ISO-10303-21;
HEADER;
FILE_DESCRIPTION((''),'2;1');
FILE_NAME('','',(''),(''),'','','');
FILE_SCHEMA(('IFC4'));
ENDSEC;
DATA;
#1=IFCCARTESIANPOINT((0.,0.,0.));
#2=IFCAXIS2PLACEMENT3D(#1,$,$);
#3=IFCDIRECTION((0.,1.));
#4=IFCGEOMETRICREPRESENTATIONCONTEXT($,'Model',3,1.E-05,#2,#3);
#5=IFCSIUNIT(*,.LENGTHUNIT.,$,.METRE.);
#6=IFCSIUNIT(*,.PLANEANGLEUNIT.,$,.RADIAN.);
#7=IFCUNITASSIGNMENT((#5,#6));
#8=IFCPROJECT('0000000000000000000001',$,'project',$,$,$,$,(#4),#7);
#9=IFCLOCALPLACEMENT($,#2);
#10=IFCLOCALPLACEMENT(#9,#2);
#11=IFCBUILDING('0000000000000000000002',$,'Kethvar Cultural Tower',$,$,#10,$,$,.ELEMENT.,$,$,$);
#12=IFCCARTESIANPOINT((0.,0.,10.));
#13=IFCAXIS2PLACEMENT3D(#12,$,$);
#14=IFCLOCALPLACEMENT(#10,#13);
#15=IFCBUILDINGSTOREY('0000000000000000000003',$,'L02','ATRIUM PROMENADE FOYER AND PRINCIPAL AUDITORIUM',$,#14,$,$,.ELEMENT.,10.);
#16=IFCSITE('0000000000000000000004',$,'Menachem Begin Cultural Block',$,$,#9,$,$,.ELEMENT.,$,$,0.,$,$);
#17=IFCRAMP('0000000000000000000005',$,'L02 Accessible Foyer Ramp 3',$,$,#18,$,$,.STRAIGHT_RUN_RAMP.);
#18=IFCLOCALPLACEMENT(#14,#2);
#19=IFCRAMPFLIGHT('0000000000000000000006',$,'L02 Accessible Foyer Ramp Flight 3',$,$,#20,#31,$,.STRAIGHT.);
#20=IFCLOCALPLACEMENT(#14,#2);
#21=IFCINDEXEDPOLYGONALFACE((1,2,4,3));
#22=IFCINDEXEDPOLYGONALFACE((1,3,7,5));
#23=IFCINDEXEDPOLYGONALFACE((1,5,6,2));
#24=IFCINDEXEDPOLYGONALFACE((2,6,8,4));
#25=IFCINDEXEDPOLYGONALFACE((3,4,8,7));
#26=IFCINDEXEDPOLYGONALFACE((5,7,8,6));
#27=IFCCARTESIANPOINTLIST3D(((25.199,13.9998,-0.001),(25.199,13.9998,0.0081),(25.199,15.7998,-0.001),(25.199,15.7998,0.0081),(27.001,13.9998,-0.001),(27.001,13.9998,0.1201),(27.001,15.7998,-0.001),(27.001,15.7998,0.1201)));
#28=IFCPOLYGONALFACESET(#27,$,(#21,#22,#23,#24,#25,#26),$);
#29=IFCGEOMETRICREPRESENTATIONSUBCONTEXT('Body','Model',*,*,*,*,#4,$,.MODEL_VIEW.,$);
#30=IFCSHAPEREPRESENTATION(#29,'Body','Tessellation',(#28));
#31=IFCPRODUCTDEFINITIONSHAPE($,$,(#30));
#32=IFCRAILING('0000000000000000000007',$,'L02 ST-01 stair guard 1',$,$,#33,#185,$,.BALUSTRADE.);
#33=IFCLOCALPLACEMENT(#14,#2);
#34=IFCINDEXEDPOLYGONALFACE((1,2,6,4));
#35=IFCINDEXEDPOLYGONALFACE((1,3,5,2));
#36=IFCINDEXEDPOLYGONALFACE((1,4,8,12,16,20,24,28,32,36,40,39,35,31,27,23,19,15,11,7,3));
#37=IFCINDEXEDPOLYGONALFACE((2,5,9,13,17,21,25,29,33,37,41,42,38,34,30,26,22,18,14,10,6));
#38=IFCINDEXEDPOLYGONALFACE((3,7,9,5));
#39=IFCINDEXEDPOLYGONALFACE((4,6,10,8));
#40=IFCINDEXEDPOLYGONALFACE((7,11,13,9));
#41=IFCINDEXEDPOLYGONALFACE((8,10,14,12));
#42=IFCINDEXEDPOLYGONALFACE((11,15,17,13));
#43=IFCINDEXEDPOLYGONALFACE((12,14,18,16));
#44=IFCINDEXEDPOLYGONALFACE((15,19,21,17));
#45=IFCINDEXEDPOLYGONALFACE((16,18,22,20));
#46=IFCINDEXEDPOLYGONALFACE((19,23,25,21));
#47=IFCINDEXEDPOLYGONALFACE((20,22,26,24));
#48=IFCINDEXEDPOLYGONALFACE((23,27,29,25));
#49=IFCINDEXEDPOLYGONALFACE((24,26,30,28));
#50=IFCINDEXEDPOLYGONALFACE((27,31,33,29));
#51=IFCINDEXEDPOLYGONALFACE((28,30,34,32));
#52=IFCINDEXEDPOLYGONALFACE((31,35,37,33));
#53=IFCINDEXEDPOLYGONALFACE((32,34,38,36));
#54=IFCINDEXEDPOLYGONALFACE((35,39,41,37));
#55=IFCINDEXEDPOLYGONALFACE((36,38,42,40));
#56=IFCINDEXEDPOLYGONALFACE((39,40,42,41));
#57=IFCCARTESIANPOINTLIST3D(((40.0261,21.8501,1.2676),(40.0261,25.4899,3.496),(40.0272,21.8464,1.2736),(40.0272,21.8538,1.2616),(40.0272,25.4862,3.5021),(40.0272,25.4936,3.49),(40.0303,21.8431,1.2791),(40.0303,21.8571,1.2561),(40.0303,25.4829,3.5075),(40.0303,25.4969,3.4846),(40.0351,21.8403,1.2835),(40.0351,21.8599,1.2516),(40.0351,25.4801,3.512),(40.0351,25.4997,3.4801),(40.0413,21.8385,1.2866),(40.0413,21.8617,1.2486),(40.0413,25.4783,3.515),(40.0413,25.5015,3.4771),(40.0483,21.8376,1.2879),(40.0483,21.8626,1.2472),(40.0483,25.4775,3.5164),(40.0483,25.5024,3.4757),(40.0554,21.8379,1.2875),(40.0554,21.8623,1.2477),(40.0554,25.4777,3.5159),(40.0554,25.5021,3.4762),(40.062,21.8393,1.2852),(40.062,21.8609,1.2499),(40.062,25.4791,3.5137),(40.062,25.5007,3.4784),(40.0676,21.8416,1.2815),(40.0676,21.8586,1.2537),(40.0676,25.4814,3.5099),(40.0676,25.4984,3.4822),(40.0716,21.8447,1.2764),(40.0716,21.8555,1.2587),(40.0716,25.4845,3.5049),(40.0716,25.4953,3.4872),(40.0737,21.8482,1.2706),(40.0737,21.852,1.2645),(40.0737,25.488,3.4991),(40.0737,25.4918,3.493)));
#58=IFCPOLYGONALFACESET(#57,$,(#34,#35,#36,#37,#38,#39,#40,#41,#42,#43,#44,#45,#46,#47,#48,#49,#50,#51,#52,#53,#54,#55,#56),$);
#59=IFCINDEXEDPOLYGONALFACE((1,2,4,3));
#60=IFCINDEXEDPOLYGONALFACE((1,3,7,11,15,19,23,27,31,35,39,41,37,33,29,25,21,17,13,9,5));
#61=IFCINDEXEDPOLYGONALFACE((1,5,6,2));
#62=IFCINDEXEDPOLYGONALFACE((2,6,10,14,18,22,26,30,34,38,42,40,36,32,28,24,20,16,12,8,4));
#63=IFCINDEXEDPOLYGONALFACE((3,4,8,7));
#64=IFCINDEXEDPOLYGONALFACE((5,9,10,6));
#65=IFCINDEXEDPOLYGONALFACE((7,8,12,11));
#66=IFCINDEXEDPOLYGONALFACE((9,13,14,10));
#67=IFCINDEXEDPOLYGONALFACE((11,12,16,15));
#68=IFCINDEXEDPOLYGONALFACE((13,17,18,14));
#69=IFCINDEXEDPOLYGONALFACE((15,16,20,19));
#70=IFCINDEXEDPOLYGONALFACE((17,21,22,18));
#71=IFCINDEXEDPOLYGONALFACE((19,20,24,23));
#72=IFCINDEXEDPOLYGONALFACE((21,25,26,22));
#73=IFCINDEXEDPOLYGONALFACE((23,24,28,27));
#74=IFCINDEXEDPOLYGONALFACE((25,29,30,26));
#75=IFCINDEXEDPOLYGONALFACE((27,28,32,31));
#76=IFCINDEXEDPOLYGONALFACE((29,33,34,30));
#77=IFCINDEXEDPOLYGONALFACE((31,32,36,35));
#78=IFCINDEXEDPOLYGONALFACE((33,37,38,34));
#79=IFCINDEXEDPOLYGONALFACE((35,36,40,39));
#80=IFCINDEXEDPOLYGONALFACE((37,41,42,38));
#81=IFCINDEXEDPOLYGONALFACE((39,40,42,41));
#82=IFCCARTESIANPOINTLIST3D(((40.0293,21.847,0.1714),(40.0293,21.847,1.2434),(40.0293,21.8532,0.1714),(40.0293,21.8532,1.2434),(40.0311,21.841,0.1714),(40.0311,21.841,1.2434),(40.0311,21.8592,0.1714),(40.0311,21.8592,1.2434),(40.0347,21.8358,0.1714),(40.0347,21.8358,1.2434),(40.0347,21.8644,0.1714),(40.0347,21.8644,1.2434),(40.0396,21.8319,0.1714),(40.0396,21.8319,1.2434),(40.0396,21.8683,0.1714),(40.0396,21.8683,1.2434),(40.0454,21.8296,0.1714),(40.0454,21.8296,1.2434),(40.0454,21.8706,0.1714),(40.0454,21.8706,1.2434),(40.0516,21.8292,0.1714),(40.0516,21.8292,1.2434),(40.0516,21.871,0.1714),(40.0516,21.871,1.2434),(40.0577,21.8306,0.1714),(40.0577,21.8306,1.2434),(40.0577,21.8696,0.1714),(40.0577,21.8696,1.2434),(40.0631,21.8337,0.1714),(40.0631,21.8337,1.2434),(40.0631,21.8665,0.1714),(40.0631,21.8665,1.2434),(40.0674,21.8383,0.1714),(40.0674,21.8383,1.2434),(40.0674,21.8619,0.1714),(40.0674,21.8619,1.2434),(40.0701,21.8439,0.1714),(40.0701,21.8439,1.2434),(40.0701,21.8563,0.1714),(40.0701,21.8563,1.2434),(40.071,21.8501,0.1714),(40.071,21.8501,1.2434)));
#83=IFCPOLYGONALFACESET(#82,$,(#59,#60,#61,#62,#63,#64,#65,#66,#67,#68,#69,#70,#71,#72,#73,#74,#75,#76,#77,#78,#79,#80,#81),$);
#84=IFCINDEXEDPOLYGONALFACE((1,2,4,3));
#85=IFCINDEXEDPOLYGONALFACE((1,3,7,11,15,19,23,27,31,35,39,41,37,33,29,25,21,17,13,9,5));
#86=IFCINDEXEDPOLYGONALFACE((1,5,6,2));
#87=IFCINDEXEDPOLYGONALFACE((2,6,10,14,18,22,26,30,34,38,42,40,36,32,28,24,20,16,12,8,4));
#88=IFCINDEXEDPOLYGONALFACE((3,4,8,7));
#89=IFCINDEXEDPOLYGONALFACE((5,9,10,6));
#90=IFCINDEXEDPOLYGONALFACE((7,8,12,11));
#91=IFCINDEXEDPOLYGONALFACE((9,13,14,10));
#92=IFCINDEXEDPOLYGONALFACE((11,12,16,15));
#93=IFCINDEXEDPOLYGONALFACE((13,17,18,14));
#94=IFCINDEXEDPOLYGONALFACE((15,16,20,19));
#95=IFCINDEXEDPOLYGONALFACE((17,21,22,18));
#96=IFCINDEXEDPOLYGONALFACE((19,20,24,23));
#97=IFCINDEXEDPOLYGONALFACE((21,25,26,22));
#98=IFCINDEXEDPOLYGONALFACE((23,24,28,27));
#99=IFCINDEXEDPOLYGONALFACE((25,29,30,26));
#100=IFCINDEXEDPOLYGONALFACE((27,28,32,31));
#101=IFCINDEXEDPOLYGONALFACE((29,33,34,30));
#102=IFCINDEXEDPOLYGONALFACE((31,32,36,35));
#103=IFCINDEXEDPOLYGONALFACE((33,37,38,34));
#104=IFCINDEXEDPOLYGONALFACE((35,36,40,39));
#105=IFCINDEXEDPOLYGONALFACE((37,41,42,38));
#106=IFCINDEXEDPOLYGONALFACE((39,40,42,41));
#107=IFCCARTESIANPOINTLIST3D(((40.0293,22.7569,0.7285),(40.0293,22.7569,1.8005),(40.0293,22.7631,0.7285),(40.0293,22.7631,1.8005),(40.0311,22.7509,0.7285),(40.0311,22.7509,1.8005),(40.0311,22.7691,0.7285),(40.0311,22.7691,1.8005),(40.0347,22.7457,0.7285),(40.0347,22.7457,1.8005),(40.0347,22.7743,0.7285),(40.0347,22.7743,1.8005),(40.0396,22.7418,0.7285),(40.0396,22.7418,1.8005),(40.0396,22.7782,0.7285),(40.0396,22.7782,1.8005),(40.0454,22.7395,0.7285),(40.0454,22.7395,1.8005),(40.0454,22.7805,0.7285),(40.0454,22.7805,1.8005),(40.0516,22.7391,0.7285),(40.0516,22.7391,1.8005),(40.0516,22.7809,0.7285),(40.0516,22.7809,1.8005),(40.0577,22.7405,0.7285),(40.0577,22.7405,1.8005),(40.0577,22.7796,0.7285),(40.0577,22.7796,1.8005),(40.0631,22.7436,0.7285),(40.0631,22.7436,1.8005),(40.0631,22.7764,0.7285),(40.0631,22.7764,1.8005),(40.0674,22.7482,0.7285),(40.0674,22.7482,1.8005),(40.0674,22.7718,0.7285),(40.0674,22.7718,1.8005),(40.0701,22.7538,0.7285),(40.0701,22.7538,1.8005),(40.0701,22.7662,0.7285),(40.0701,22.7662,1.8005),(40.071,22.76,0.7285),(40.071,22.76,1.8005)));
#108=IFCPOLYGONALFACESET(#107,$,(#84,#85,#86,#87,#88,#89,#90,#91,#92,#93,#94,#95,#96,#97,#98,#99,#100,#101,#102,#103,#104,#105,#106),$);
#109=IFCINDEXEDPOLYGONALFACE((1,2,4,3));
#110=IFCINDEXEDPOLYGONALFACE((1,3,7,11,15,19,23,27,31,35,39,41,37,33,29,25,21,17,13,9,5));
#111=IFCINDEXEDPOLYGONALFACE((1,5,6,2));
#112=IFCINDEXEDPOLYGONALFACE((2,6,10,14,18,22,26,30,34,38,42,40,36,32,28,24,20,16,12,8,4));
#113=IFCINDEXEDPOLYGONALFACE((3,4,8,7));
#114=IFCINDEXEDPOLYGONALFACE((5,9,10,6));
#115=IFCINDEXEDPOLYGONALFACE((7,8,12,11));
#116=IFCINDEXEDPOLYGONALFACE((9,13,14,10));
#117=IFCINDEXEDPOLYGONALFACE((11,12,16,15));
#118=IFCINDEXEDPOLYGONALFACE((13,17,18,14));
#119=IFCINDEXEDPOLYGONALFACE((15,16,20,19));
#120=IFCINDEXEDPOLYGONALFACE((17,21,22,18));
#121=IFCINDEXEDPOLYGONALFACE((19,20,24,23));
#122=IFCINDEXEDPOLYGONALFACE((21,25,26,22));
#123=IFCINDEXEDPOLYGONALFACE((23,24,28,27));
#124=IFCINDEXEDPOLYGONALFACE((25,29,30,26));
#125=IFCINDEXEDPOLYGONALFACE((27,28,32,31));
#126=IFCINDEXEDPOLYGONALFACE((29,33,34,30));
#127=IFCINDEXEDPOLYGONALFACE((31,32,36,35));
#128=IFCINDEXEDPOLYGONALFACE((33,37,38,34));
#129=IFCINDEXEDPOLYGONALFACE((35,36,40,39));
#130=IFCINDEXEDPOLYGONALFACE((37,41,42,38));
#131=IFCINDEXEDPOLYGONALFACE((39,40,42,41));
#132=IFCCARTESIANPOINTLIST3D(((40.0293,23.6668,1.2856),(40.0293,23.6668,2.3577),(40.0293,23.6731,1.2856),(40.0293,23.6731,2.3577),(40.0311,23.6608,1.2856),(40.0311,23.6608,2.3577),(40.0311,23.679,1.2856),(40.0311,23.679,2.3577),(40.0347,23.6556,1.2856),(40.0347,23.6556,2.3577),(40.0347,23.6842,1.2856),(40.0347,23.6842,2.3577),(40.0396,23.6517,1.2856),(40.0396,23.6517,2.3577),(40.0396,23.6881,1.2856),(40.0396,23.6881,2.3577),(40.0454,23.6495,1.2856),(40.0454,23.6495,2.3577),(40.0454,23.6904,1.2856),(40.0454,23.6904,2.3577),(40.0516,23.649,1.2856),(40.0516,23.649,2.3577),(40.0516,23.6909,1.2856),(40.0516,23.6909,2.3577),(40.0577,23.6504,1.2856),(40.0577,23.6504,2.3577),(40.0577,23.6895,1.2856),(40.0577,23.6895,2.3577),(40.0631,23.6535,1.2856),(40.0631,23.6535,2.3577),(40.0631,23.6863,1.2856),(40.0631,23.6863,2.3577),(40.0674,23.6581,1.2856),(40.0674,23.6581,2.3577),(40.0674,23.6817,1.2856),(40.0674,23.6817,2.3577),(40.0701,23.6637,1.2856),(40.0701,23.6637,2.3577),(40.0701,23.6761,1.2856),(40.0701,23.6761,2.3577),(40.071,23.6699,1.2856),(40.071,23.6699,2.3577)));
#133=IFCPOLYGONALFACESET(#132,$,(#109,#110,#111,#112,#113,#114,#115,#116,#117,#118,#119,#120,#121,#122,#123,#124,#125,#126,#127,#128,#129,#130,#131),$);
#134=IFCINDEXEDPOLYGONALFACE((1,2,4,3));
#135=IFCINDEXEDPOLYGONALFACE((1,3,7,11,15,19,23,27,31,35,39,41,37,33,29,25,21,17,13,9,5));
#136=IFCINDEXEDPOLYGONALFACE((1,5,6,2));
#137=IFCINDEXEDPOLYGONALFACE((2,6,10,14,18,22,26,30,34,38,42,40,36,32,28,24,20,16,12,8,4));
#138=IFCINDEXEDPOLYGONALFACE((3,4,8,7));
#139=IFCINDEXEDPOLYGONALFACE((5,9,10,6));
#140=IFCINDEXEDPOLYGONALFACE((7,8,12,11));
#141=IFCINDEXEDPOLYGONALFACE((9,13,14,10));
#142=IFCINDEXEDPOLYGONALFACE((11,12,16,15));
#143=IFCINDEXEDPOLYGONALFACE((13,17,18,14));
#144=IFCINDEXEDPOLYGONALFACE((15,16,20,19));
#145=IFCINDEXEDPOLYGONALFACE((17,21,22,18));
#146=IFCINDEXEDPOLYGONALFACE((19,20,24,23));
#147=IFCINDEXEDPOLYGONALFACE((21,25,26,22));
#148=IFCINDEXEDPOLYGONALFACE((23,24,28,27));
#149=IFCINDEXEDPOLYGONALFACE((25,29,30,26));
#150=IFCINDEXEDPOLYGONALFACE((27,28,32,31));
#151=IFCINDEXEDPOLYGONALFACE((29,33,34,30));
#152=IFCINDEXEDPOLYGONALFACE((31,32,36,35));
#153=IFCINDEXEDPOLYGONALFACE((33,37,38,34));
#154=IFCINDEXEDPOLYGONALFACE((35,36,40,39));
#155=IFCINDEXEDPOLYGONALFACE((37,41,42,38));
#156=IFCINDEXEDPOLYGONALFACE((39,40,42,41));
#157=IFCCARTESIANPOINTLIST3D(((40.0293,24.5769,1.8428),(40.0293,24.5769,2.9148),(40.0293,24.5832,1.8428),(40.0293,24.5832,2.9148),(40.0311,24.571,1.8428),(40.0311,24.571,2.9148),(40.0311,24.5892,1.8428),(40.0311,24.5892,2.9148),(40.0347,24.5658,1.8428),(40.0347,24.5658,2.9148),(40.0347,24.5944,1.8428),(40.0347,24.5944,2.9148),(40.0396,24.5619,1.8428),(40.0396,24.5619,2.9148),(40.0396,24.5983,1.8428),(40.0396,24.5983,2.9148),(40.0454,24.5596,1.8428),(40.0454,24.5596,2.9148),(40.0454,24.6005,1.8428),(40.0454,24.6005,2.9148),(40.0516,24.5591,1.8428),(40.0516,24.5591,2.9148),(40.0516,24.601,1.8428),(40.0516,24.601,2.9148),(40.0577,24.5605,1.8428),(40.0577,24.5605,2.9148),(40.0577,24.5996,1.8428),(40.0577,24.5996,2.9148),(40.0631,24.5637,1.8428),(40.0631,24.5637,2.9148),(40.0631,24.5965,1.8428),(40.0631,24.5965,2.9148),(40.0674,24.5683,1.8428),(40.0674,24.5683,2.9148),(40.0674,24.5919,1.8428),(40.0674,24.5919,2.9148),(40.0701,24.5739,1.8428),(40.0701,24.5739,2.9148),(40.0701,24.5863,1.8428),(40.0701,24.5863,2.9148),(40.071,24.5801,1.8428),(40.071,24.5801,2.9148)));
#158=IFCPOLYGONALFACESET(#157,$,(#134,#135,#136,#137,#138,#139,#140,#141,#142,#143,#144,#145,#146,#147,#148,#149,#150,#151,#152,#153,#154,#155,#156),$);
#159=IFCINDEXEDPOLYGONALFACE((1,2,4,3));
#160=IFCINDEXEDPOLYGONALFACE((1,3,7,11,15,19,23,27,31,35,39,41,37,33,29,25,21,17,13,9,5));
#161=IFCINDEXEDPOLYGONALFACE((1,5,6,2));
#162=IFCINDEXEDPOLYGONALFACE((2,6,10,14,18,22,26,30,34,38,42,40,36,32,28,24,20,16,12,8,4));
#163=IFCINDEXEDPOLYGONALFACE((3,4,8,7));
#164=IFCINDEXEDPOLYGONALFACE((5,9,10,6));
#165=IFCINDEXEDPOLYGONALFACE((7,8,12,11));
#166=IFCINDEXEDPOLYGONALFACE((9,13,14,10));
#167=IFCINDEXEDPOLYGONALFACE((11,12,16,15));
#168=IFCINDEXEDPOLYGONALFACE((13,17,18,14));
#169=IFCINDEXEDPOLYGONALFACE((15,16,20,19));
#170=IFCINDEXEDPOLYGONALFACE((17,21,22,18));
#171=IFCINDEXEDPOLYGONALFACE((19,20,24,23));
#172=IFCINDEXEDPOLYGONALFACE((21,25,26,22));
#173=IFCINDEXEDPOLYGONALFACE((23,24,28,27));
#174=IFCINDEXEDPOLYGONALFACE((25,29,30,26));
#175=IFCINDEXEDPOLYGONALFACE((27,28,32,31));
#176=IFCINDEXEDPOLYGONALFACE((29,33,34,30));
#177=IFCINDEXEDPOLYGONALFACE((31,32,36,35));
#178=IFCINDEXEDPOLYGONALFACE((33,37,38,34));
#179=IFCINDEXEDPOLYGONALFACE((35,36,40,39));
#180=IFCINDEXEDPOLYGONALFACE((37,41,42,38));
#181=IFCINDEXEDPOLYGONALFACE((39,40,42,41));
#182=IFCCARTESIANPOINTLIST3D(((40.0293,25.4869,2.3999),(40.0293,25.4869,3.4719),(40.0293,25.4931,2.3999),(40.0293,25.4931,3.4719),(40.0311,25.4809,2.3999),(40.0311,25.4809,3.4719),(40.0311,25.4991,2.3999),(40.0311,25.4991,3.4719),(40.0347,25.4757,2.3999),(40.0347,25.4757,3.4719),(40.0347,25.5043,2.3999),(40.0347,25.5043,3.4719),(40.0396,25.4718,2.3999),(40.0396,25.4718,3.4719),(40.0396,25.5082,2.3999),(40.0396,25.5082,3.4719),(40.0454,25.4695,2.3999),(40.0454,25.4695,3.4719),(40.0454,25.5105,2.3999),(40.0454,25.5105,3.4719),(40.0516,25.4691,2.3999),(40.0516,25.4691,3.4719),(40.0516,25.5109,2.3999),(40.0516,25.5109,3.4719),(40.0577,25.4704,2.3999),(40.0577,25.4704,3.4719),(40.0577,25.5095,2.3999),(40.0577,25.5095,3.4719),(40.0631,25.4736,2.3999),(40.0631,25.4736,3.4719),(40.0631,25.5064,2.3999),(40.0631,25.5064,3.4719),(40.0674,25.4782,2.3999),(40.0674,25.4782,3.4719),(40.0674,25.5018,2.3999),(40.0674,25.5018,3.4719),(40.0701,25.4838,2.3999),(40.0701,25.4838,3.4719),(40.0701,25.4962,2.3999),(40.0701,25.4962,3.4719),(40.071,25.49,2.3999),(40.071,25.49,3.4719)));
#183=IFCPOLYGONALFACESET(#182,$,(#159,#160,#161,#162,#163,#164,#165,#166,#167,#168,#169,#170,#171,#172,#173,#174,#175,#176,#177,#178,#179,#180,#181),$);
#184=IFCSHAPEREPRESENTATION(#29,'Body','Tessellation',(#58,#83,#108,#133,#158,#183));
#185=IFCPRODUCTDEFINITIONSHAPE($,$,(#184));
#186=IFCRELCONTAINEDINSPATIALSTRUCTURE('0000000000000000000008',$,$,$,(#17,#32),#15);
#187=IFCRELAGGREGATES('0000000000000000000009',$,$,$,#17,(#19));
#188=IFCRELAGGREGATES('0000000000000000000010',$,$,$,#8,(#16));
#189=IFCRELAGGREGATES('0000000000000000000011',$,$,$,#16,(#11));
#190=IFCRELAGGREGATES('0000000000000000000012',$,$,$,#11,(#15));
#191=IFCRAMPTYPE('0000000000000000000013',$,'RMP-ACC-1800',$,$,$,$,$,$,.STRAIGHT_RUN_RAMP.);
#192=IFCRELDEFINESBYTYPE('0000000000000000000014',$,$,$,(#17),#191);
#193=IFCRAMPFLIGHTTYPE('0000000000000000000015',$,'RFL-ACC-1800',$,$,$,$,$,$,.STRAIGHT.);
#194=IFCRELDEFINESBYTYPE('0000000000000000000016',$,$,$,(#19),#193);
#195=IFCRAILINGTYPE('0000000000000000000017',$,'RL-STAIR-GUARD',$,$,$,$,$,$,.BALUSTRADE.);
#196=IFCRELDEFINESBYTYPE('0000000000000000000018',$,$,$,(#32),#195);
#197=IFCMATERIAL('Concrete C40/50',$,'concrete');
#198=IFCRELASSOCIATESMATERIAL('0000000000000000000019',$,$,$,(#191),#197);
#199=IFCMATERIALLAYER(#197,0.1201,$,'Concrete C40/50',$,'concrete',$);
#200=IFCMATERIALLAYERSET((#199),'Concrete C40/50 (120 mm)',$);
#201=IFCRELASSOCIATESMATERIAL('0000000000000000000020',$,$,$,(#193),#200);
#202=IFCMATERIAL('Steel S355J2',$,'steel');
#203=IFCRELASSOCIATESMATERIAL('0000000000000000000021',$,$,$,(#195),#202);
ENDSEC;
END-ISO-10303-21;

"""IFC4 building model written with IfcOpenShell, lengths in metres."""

from ifc_helpers import new_model, si_unit, direction, frame, origin, origin_2d, place, context, subcontext, project, spatial, polyline, circle, outline, extrude, material, layer, layer_set, type_object, element, aggregate, save


model = new_model("IFC4")

# Units and contexts
model_context = context("Model", 3, precision=1e-05, world=origin(), true_north=direction((0.0, 1.0)))
body_context = subcontext(model_context, "Body", "Model", "MODEL_VIEW")
ifc_project = project(units=[si_unit("LENGTHUNIT", "METRE"), si_unit("PLANEANGLEUNIT", "RADIAN")], contexts=[model_context])

# Site, building, storey
site_placement = place(None, origin())
site = spatial("IfcSite", under=ifc_project, at=site_placement, Name="Menachem Begin Cultural Block", CompositionType="ELEMENT", RefElevation=0.0)
building_placement = place(site_placement, origin())
building = spatial("IfcBuilding", under=site, at=building_placement, Name="Kethvar Cultural Tower", CompositionType="ELEMENT")
storey_placement = place(building_placement, frame((0.0, 0.0, 10.0)))
storey = spatial("IfcBuildingStorey", under=building, at=storey_placement, Name="L02", Description="ATRIUM PROMENADE FOYER AND PRINCIPAL AUDITORIUM", CompositionType="ELEMENT", Elevation=10.0)

# Shared definitions
ifc_material_1 = material(Name="Steel S355J2", Category="steel")

# Shared definitions
ifc_material_2 = material(Name="Concrete C40/50", Category="concrete")

# Ramp, ramp flight
ramp_type = type_object("IfcRampType", Name="RMP-ACC-1800", PredefinedType="STRAIGHT_RUN_RAMP", material=ifc_material_2)
ramp_placement = place(storey_placement, origin())
ramp = element("IfcRamp", 1, at=ramp_placement, inside=storey, type_object=ramp_type, Name="L02 Accessible Foyer Ramp 3", PredefinedType="STRAIGHT_RUN_RAMP")
ifc_layer_1 = layer(ifc_material_2, 0.1201, Name="Concrete C40/50", Category="concrete")
ifc_layer_set_1 = layer_set([ifc_layer_1], Name="Concrete C40/50 (120 mm)")
ramp_flight_type = type_object("IfcRampFlightType", Name="RFL-ACC-1800", PredefinedType="STRAIGHT", material=ifc_layer_set_1)
ramp_flight_placement = place(storey_placement, frame((25.2, 14.8999, 0.0), z_axis=(0.0, 0.0, 1.0), x_axis=(1.0, 0.0, 0.0)))
ramp_flight = element("IfcRampFlight", 2, at=ramp_flight_placement, type_object=ramp_flight_type, Name="L02 Accessible Foyer Ramp Flight 3", PredefinedType="STRAIGHT", context=body_context, shape_type="SweptSolid", body=[
    extrude(outline(polyline([(-0.001, -0.001), (1.801, -0.001), (1.801, 0.1201), (-0.001, 0.0081), (-0.001, -0.001)])), frame((0.0, 0.8999, 0.0), z_axis=(0.0, -1.0, 0.0), x_axis=(1.0, 0.0, 0.0)), (0.0, 0.0, 1.0), 1.8),
])
aggregate(ramp, [ramp_flight])

# Railing
railing_type_1 = type_object("IfcRailingType", Name="RL-STAIR-GUARD", PredefinedType="BALUSTRADE", material=ifc_material_1)
railing_1_placement = place(storey_placement, frame((40.05, 21.8501, 0.1714)))
element("IfcRailing", 3, at=railing_1_placement, inside=storey, type_object=railing_type_1, Name="L02 ST-01 stair guard 1", PredefinedType="BALUSTRADE", context=body_context, shape_type="SweptSolid", body=[
    extrude(circle(Radius=0.0239, at=origin_2d()), frame((0.0, 0.0, 1.0962), z_axis=(0.0, 0.85285, 0.522156), x_axis=(-1.0, 0.0, 0.0)), (0.0, 0.0, 1.0), 4.2678),
    extrude(circle(Radius=0.021, at=origin_2d()), origin(), (0.0, 0.0, 1.0), 1.072),
    extrude(circle(Radius=0.021, at=origin_2d()), frame((0.0, 0.9099, 0.5571)), (0.0, 0.0, 1.0), 1.072),
    extrude(circle(Radius=0.021, at=origin_2d()), frame((0.0, 1.8198, 1.1143)), (0.0, 0.0, 1.0), 1.072),
    extrude(circle(Radius=0.021, at=origin_2d()), frame((0.0, 2.73, 1.6714)), (0.0, 0.0, 1.0), 1.072),
    extrude(circle(Radius=0.021, at=origin_2d()), frame((0.0, 3.6399, 2.2285)), (0.0, 0.0, 1.0), 1.072),
])

save(model, "model.ifc")
